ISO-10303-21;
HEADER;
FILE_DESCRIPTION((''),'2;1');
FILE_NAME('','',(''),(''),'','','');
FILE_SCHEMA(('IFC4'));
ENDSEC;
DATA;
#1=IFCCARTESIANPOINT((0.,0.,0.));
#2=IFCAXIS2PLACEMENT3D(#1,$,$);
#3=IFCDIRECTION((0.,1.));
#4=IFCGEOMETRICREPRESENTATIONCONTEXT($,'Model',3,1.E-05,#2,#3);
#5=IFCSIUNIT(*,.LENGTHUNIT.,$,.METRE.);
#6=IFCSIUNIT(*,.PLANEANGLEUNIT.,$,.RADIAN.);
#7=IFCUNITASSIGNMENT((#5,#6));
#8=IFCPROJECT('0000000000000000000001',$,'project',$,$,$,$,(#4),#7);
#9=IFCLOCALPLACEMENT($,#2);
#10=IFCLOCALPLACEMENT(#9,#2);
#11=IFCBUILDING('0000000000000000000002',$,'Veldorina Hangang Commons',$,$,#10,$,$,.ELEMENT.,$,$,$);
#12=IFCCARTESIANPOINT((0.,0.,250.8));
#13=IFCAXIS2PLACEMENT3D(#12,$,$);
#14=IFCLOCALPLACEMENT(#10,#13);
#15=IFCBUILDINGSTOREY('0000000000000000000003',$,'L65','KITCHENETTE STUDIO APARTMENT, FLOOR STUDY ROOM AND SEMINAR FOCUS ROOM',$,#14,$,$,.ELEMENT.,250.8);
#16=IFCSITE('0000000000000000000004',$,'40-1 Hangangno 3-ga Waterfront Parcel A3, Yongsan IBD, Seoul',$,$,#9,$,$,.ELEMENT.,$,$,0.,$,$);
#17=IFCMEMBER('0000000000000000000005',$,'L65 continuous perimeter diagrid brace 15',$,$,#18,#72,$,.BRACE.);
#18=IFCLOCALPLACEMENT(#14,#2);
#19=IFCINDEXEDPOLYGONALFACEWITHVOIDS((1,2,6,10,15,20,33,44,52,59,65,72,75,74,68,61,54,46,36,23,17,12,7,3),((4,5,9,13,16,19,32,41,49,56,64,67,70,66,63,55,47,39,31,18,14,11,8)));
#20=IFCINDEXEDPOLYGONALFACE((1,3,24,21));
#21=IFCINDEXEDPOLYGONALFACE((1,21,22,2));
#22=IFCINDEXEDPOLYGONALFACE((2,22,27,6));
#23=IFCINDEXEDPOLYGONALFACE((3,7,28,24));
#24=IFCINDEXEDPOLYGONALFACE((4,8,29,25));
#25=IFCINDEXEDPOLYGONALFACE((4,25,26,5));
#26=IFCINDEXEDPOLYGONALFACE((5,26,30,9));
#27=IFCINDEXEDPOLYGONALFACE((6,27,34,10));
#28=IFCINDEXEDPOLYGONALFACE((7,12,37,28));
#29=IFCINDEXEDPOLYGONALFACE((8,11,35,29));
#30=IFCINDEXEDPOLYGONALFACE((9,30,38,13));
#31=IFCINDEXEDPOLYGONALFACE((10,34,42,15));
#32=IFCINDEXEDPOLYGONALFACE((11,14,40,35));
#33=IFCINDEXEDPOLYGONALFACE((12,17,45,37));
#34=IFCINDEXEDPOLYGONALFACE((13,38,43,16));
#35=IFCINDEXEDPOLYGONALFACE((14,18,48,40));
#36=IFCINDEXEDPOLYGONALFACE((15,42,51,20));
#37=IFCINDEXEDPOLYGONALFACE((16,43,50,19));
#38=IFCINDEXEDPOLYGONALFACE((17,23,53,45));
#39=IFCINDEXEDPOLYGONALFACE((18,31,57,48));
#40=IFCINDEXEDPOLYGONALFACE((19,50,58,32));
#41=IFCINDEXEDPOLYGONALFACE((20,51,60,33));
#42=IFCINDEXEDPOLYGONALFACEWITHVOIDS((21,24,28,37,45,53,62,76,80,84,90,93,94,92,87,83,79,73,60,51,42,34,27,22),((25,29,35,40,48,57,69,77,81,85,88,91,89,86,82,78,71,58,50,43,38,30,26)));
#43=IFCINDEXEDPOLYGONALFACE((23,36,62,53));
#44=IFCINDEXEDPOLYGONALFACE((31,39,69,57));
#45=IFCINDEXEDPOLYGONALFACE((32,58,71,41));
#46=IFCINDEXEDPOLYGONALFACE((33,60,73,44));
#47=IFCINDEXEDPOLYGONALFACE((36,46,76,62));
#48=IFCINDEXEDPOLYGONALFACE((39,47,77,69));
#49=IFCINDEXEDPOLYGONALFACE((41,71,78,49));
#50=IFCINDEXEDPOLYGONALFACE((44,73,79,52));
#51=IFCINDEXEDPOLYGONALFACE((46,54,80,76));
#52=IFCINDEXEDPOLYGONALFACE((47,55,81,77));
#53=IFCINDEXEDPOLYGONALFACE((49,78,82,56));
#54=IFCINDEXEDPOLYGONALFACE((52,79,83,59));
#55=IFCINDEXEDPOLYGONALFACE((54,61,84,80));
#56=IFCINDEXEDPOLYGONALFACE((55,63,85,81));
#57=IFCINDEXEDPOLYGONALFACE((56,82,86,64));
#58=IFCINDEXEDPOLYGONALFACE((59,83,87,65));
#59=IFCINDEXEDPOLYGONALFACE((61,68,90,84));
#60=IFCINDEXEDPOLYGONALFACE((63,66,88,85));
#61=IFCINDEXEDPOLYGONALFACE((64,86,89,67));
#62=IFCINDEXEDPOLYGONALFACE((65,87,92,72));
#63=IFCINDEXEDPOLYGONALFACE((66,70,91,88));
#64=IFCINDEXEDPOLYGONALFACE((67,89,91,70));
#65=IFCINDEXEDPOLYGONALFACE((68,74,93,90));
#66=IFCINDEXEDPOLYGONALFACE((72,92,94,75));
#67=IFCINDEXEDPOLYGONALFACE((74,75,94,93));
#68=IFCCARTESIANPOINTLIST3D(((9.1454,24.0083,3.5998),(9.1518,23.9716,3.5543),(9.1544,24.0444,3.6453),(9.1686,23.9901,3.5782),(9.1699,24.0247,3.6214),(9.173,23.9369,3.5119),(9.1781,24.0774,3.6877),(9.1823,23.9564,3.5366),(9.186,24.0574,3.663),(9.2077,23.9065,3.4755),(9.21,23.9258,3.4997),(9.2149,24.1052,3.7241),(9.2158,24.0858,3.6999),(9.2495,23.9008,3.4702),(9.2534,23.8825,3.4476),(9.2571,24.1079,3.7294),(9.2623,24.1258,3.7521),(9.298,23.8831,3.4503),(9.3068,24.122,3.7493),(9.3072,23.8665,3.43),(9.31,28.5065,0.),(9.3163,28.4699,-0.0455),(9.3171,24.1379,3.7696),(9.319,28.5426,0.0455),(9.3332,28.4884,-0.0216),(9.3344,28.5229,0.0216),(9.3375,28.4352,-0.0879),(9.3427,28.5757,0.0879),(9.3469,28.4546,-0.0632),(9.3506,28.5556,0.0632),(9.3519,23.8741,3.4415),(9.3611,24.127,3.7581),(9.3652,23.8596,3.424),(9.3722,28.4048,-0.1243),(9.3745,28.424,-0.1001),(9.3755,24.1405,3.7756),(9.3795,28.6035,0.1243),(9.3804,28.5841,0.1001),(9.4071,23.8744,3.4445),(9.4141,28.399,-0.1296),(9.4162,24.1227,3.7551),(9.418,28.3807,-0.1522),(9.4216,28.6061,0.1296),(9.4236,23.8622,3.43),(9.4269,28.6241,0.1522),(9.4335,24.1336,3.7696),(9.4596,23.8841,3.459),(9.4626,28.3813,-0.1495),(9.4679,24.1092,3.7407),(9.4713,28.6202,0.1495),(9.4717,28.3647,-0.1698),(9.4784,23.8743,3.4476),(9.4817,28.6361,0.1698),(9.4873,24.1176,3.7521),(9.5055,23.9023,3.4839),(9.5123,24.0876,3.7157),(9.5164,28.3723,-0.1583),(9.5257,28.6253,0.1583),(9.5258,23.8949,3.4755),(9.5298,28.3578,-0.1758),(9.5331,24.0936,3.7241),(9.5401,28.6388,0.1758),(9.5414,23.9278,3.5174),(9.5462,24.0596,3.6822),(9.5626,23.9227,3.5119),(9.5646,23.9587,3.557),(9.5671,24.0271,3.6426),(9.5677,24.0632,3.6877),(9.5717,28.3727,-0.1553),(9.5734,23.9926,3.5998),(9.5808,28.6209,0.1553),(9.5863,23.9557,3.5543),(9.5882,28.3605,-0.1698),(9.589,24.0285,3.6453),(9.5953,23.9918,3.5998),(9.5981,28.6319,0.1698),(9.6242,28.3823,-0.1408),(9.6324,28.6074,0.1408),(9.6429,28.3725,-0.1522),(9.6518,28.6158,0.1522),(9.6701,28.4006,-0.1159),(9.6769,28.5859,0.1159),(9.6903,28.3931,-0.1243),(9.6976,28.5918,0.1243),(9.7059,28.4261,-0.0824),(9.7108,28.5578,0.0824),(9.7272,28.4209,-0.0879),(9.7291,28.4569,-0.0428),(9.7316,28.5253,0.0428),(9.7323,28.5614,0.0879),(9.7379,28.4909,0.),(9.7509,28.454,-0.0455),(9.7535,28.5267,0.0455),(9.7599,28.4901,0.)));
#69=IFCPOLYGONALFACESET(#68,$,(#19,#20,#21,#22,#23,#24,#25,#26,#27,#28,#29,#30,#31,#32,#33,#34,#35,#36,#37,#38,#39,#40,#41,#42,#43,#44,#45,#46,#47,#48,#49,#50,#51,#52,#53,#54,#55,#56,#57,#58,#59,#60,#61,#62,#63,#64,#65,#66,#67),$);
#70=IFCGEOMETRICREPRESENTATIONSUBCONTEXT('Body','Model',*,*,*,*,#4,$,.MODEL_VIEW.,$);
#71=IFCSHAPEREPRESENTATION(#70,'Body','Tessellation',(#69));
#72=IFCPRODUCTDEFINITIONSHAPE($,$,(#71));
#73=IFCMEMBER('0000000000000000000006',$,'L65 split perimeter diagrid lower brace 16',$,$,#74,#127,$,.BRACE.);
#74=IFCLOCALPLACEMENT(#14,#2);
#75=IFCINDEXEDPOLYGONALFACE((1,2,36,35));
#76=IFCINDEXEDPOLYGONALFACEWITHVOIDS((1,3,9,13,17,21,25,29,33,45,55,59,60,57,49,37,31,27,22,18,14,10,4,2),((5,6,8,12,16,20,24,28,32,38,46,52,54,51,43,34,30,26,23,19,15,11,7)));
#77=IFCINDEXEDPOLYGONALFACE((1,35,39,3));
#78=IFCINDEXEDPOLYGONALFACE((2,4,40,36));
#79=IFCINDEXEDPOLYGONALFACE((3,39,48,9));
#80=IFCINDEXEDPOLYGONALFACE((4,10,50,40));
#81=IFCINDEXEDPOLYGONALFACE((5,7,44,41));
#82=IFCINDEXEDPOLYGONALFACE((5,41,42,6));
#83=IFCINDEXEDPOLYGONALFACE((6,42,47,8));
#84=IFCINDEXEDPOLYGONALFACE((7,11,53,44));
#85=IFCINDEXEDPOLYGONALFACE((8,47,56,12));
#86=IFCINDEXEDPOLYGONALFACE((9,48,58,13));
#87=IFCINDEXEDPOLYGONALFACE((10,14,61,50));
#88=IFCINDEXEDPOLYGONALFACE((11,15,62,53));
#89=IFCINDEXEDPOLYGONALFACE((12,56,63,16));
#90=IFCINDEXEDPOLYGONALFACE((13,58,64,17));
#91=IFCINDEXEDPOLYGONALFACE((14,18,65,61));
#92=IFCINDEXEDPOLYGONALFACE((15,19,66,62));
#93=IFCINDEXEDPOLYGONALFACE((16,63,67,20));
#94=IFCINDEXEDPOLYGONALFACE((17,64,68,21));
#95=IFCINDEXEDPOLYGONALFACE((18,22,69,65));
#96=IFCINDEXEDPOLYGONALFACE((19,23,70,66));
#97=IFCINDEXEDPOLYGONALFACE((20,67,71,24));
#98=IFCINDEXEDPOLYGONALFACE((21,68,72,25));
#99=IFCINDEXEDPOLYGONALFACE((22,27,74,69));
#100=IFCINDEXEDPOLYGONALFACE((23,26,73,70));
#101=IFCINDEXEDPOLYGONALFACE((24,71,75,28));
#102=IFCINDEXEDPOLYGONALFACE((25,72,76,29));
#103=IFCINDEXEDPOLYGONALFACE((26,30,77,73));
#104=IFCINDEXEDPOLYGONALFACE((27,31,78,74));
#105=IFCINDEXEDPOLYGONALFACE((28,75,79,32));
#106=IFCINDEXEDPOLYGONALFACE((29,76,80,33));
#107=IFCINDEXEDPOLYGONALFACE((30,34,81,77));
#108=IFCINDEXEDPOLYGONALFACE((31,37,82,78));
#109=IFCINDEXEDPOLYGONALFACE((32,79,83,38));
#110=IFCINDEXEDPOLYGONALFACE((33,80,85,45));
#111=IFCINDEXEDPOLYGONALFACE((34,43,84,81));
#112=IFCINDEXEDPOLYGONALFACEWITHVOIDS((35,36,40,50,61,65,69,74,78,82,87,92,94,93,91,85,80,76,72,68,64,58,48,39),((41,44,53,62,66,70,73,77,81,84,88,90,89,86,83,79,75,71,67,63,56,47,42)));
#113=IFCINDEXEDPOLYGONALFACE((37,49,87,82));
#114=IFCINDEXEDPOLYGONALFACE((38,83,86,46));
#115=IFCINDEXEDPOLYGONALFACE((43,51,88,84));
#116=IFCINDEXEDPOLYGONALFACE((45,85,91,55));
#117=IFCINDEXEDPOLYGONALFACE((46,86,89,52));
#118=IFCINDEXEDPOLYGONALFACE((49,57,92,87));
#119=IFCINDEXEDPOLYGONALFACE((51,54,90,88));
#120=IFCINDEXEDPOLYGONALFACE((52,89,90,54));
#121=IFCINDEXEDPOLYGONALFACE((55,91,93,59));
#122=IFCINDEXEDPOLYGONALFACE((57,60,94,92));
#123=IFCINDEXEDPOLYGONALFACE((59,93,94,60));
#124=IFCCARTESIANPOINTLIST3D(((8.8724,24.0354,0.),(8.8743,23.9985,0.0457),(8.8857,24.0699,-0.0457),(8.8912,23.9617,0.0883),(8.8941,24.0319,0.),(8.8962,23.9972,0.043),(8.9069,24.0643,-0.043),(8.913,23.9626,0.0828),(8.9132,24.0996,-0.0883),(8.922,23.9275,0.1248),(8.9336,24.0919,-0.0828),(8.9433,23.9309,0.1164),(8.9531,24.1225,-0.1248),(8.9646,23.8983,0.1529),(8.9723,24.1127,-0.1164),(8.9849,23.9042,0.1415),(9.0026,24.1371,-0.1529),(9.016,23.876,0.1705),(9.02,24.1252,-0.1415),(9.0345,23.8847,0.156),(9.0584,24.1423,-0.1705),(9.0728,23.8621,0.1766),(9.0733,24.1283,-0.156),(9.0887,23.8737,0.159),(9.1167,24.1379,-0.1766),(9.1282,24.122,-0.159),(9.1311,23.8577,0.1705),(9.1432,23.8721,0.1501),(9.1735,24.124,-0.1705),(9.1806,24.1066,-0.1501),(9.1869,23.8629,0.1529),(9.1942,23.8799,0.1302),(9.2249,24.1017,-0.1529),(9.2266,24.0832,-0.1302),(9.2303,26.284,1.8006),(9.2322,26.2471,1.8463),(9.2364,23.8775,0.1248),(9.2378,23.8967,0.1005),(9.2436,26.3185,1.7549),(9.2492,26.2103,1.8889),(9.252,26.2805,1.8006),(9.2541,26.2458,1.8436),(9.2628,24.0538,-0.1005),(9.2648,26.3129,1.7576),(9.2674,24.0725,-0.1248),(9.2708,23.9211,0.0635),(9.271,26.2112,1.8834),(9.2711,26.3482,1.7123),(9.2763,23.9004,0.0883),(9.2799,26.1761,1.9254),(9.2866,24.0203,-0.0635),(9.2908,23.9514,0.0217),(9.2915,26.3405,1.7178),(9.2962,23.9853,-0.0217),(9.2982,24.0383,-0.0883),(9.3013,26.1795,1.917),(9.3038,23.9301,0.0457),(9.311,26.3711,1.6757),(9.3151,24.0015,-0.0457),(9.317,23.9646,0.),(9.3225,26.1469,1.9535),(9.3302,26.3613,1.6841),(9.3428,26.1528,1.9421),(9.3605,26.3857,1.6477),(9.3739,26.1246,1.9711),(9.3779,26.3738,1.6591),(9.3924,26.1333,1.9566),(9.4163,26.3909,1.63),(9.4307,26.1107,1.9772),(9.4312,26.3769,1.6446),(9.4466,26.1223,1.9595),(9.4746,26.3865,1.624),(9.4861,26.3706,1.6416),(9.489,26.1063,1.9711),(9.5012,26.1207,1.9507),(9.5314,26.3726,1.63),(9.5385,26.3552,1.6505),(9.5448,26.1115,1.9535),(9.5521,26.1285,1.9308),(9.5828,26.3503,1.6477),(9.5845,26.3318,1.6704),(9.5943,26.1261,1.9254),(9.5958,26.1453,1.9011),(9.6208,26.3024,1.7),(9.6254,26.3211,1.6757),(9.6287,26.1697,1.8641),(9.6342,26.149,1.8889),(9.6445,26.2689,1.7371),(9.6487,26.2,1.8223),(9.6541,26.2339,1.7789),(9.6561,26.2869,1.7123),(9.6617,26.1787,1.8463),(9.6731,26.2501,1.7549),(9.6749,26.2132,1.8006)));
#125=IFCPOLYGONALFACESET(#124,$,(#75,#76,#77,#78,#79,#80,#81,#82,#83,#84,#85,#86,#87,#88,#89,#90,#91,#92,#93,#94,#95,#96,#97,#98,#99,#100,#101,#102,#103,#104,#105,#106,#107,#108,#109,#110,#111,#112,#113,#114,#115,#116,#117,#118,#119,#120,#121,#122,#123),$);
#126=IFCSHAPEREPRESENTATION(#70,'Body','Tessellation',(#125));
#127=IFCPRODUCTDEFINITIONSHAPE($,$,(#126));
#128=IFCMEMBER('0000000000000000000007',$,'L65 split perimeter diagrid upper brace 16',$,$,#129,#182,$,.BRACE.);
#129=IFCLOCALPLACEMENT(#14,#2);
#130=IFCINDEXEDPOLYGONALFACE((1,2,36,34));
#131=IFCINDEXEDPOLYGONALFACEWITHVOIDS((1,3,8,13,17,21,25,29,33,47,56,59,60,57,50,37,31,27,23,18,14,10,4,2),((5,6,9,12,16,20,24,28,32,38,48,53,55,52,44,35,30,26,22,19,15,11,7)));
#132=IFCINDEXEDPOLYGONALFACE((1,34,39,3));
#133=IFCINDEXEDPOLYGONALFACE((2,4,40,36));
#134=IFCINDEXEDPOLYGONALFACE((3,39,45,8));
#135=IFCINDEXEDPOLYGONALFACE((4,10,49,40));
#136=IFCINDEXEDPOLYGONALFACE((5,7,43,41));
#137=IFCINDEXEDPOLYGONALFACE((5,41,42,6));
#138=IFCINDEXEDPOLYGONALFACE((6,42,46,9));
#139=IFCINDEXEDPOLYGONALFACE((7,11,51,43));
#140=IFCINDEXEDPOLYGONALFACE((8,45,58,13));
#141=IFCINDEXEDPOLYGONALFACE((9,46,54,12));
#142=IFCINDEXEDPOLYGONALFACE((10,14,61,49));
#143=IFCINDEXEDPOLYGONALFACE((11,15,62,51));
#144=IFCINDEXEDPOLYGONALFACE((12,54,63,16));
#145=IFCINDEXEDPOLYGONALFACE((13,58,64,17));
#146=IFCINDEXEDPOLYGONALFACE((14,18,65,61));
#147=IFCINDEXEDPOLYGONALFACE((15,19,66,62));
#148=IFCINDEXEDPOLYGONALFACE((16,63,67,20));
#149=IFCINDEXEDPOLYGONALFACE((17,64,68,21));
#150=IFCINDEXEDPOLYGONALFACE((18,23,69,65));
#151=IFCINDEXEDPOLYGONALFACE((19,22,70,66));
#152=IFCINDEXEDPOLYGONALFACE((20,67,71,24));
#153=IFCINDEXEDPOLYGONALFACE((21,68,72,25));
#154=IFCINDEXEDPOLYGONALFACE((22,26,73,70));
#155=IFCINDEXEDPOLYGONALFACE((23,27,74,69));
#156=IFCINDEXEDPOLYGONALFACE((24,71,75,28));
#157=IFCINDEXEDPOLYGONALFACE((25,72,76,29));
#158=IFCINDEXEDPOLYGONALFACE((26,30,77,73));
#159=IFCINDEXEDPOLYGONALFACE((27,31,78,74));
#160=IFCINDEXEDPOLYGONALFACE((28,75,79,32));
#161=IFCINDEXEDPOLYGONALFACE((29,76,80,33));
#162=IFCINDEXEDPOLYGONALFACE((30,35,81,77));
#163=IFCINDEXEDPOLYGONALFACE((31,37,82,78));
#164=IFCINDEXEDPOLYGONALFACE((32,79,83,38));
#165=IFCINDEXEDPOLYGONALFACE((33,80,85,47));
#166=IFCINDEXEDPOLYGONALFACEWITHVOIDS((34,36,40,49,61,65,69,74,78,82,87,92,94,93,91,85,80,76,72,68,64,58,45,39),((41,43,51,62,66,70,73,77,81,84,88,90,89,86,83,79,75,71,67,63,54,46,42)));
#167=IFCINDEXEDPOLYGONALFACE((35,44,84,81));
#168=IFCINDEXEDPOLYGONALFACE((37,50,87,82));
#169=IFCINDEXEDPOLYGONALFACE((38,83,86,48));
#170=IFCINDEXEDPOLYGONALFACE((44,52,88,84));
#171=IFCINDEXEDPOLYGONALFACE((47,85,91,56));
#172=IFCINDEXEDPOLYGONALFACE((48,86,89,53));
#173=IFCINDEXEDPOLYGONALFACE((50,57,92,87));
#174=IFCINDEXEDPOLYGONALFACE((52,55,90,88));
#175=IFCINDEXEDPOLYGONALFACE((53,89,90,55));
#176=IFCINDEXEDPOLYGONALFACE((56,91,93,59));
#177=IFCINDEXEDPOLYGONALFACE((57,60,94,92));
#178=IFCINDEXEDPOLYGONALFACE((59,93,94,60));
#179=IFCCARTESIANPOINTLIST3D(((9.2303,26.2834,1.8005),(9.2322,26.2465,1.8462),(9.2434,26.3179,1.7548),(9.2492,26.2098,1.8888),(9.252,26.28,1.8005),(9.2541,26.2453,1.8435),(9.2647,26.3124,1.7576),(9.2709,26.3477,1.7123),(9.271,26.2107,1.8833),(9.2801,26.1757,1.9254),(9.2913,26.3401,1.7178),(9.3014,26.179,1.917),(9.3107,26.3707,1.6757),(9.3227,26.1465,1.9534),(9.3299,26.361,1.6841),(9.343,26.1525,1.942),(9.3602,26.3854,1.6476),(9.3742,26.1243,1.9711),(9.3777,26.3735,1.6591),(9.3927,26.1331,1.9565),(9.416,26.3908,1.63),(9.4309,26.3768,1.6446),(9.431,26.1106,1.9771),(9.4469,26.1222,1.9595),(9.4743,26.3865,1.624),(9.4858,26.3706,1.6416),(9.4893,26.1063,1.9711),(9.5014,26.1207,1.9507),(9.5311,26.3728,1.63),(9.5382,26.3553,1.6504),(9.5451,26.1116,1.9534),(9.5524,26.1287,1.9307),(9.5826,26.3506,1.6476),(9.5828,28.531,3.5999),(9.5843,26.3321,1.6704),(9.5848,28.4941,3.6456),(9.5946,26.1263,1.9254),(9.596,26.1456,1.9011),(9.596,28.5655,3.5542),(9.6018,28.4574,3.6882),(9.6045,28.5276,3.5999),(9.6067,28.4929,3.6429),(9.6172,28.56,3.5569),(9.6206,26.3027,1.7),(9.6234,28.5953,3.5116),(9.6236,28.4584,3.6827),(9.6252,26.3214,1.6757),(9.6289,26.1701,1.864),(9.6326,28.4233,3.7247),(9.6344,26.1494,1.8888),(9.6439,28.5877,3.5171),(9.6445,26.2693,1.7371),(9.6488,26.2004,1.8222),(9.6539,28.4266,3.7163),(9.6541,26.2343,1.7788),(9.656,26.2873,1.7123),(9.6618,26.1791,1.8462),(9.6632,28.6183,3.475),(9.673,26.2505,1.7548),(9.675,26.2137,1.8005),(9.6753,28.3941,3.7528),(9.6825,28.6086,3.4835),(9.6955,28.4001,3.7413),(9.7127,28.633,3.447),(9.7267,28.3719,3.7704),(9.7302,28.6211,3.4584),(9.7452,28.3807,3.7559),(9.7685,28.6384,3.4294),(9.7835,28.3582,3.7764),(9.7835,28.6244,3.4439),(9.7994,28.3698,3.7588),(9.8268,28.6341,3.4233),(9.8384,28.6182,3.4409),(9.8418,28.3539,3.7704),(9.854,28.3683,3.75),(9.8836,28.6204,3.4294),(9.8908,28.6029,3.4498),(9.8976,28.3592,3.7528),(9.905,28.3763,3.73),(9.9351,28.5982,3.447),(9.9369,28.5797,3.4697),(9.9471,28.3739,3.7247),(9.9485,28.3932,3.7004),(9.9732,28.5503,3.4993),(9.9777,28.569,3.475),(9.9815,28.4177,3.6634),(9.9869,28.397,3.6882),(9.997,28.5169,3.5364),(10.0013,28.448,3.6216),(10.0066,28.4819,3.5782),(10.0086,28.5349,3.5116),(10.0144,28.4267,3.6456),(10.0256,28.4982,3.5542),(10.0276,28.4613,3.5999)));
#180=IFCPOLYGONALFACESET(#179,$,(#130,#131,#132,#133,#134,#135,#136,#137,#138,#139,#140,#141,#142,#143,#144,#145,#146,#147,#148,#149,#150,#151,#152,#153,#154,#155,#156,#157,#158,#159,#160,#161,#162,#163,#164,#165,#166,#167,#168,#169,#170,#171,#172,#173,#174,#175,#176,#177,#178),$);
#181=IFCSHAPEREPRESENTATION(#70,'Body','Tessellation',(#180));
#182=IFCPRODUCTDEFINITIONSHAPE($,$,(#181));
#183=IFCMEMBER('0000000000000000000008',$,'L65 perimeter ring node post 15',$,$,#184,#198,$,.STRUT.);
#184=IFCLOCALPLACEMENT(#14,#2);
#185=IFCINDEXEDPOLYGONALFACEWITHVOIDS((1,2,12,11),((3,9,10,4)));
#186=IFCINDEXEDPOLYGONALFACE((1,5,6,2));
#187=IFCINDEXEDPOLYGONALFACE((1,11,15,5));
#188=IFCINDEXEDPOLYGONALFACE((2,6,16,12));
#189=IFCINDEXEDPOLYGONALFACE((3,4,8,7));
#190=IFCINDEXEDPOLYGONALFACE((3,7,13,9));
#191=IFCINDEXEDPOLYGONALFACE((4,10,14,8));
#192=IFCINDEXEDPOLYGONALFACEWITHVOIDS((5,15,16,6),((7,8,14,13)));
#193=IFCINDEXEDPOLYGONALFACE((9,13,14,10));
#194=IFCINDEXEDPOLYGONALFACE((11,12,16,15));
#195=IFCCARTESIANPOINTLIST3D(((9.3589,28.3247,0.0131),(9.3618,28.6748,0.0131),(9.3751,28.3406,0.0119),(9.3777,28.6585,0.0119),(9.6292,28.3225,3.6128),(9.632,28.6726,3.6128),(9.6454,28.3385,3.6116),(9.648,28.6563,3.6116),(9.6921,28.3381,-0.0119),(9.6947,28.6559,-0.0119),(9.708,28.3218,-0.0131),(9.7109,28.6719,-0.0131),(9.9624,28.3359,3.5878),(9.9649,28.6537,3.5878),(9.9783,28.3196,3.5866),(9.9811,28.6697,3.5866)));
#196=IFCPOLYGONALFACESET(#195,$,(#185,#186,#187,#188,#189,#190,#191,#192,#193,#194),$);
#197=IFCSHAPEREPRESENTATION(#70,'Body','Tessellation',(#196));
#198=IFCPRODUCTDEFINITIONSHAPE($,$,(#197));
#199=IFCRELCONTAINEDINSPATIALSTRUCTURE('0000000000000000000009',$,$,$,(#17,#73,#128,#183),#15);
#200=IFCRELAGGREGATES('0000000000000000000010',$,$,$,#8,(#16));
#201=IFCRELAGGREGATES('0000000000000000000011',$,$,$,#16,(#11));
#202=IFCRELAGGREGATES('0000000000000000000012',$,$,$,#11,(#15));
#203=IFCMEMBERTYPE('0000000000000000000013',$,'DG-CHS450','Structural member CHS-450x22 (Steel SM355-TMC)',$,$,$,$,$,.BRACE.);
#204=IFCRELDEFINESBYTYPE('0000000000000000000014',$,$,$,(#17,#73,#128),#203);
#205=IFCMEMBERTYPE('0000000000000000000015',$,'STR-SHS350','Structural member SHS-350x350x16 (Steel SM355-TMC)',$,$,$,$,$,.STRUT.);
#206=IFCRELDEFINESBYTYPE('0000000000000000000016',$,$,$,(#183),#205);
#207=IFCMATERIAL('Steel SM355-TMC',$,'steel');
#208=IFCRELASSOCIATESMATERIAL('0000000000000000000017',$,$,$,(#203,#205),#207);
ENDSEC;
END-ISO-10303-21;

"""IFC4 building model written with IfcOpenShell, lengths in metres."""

from ifc_helpers import new_model, si_unit, direction, frame, origin, origin_2d, place, context, subcontext, project, spatial, hollow_rectangle, hollow_circle, extrude, material, material_profile, profile_set, type_object, element, save


model = new_model("IFC4")

# Units and contexts
model_context = context("Model", 3, precision=1e-05, world=origin(), true_north=direction((0.0, 1.0)))
body_context = subcontext(model_context, "Body", "Model", "MODEL_VIEW")
ifc_project = project(units=[si_unit("LENGTHUNIT", "METRE"), si_unit("PLANEANGLEUNIT", "RADIAN")], contexts=[model_context])

# Site, building, storey
site_placement = place(None, origin())
site = spatial("IfcSite", under=ifc_project, at=site_placement, Name="40-1 Hangangno 3-ga Waterfront Parcel A3, Yongsan IBD, Seoul", CompositionType="ELEMENT", RefElevation=0.0)
building_placement = place(site_placement, origin())
building = spatial("IfcBuilding", under=site, at=building_placement, Name="Veldorina Hangang Commons", CompositionType="ELEMENT")
storey_placement = place(building_placement, frame((0.0, 0.0, 250.8)))
storey = spatial("IfcBuildingStorey", under=building, at=storey_placement, Name="L65", Description="KITCHENETTE STUDIO APARTMENT, FLOOR STUDY ROOM AND SEMINAR FOCUS ROOM", CompositionType="ELEMENT", Elevation=250.8)

# Shared definitions
ifc_material_1 = material(Name="Steel SM355-TMC", Category="steel")

# Members
ifc_material_profile_1 = material_profile(ifc_material_1, hollow_circle(Radius=0.2251, WallThickness=0.022, at=origin_2d()), Name="CHS-450x22")
ifc_profile_set_1 = profile_set([ifc_material_profile_1], Name="Steel SM355-TMC")
member_type_1 = type_object("IfcMemberType", Name="DG-CHS450", Description="Structural member CHS-450x22 (Steel SM355-TMC)", PredefinedType="BRACE", material=ifc_profile_set_1)
member_1_placement = place(storey_placement, frame((9.5349, 28.4983, 0.0), z_axis=(-0.028549, -0.780447, 0.62457), x_axis=(0.999332, -0.036556, 0.0)))
element("IfcMember", 1, at=member_1_placement, inside=storey, type_object=member_type_1, Name="L65 continuous perimeter diagrid brace 15", PredefinedType="BRACE", context=body_context, shape_type="SweptSolid", body=[
    extrude(hollow_circle(Radius=0.2251, WallThickness=0.022, at=origin_2d()), origin(), (0.0, 0.0, 1.0), 5.7637),
])
member_2_placement = place(storey_placement, frame((9.0947, 24.0, 0.0), z_axis=(0.1233, 0.774623, 0.620287), x_axis=(-0.987567, 0.157196, 0.0)))
element("IfcMember", 2, at=member_2_placement, inside=storey, type_object=member_type_1, Name="L65 split perimeter diagrid lower brace 16", PredefinedType="BRACE", context=body_context, shape_type="SweptSolid", body=[
    extrude(hollow_circle(Radius=0.2251, WallThickness=0.022, at=origin_2d()), origin(), (0.0, 0.0, 1.0), 2.9028),
])
member_3_placement = place(storey_placement, frame((9.4526, 26.2485, 1.8005), z_axis=(0.121541, 0.774866, 0.620331), x_axis=(-0.987921, 0.15496, 0.0)))
element("IfcMember", 3, at=member_3_placement, inside=storey, type_object=member_type_1, Name="L65 split perimeter diagrid upper brace 16", PredefinedType="BRACE", context=body_context, shape_type="SweptSolid", body=[
    extrude(hollow_circle(Radius=0.2251, WallThickness=0.022, at=origin_2d()), origin(), (0.0, 0.0, 1.0), 2.9006),
])
ifc_material_profile_2 = material_profile(ifc_material_1, hollow_rectangle(XDim=0.3501, YDim=0.3501, WallThickness=0.0161, at=origin_2d()), Name="SHS-350x350x16")
ifc_profile_set_2 = profile_set([ifc_material_profile_2], Name="Steel SM355-TMC")
member_type_2 = type_object("IfcMemberType", Name="STR-SHS350", Description="Structural member SHS-350x350x16 (Steel SM355-TMC)", PredefinedType="STRUT", material=ifc_profile_set_2)
member_4_placement = place(storey_placement, frame((9.5349, 28.4983, 0.0), z_axis=(0.074866, -0.000609, 0.997193), x_axis=(0.00813, 0.999967, 0.0)))
element("IfcMember", 4, at=member_4_placement, inside=storey, type_object=member_type_2, Name="L65 perimeter ring node post 15", PredefinedType="STRUT", context=body_context, shape_type="SweptSolid", body=[
    extrude(hollow_rectangle(XDim=0.3501, YDim=0.3501, WallThickness=0.0161, at=origin_2d()), origin(), (0.0, 0.0, 1.0), 3.6099),
])

save(model, "model.ifc")
